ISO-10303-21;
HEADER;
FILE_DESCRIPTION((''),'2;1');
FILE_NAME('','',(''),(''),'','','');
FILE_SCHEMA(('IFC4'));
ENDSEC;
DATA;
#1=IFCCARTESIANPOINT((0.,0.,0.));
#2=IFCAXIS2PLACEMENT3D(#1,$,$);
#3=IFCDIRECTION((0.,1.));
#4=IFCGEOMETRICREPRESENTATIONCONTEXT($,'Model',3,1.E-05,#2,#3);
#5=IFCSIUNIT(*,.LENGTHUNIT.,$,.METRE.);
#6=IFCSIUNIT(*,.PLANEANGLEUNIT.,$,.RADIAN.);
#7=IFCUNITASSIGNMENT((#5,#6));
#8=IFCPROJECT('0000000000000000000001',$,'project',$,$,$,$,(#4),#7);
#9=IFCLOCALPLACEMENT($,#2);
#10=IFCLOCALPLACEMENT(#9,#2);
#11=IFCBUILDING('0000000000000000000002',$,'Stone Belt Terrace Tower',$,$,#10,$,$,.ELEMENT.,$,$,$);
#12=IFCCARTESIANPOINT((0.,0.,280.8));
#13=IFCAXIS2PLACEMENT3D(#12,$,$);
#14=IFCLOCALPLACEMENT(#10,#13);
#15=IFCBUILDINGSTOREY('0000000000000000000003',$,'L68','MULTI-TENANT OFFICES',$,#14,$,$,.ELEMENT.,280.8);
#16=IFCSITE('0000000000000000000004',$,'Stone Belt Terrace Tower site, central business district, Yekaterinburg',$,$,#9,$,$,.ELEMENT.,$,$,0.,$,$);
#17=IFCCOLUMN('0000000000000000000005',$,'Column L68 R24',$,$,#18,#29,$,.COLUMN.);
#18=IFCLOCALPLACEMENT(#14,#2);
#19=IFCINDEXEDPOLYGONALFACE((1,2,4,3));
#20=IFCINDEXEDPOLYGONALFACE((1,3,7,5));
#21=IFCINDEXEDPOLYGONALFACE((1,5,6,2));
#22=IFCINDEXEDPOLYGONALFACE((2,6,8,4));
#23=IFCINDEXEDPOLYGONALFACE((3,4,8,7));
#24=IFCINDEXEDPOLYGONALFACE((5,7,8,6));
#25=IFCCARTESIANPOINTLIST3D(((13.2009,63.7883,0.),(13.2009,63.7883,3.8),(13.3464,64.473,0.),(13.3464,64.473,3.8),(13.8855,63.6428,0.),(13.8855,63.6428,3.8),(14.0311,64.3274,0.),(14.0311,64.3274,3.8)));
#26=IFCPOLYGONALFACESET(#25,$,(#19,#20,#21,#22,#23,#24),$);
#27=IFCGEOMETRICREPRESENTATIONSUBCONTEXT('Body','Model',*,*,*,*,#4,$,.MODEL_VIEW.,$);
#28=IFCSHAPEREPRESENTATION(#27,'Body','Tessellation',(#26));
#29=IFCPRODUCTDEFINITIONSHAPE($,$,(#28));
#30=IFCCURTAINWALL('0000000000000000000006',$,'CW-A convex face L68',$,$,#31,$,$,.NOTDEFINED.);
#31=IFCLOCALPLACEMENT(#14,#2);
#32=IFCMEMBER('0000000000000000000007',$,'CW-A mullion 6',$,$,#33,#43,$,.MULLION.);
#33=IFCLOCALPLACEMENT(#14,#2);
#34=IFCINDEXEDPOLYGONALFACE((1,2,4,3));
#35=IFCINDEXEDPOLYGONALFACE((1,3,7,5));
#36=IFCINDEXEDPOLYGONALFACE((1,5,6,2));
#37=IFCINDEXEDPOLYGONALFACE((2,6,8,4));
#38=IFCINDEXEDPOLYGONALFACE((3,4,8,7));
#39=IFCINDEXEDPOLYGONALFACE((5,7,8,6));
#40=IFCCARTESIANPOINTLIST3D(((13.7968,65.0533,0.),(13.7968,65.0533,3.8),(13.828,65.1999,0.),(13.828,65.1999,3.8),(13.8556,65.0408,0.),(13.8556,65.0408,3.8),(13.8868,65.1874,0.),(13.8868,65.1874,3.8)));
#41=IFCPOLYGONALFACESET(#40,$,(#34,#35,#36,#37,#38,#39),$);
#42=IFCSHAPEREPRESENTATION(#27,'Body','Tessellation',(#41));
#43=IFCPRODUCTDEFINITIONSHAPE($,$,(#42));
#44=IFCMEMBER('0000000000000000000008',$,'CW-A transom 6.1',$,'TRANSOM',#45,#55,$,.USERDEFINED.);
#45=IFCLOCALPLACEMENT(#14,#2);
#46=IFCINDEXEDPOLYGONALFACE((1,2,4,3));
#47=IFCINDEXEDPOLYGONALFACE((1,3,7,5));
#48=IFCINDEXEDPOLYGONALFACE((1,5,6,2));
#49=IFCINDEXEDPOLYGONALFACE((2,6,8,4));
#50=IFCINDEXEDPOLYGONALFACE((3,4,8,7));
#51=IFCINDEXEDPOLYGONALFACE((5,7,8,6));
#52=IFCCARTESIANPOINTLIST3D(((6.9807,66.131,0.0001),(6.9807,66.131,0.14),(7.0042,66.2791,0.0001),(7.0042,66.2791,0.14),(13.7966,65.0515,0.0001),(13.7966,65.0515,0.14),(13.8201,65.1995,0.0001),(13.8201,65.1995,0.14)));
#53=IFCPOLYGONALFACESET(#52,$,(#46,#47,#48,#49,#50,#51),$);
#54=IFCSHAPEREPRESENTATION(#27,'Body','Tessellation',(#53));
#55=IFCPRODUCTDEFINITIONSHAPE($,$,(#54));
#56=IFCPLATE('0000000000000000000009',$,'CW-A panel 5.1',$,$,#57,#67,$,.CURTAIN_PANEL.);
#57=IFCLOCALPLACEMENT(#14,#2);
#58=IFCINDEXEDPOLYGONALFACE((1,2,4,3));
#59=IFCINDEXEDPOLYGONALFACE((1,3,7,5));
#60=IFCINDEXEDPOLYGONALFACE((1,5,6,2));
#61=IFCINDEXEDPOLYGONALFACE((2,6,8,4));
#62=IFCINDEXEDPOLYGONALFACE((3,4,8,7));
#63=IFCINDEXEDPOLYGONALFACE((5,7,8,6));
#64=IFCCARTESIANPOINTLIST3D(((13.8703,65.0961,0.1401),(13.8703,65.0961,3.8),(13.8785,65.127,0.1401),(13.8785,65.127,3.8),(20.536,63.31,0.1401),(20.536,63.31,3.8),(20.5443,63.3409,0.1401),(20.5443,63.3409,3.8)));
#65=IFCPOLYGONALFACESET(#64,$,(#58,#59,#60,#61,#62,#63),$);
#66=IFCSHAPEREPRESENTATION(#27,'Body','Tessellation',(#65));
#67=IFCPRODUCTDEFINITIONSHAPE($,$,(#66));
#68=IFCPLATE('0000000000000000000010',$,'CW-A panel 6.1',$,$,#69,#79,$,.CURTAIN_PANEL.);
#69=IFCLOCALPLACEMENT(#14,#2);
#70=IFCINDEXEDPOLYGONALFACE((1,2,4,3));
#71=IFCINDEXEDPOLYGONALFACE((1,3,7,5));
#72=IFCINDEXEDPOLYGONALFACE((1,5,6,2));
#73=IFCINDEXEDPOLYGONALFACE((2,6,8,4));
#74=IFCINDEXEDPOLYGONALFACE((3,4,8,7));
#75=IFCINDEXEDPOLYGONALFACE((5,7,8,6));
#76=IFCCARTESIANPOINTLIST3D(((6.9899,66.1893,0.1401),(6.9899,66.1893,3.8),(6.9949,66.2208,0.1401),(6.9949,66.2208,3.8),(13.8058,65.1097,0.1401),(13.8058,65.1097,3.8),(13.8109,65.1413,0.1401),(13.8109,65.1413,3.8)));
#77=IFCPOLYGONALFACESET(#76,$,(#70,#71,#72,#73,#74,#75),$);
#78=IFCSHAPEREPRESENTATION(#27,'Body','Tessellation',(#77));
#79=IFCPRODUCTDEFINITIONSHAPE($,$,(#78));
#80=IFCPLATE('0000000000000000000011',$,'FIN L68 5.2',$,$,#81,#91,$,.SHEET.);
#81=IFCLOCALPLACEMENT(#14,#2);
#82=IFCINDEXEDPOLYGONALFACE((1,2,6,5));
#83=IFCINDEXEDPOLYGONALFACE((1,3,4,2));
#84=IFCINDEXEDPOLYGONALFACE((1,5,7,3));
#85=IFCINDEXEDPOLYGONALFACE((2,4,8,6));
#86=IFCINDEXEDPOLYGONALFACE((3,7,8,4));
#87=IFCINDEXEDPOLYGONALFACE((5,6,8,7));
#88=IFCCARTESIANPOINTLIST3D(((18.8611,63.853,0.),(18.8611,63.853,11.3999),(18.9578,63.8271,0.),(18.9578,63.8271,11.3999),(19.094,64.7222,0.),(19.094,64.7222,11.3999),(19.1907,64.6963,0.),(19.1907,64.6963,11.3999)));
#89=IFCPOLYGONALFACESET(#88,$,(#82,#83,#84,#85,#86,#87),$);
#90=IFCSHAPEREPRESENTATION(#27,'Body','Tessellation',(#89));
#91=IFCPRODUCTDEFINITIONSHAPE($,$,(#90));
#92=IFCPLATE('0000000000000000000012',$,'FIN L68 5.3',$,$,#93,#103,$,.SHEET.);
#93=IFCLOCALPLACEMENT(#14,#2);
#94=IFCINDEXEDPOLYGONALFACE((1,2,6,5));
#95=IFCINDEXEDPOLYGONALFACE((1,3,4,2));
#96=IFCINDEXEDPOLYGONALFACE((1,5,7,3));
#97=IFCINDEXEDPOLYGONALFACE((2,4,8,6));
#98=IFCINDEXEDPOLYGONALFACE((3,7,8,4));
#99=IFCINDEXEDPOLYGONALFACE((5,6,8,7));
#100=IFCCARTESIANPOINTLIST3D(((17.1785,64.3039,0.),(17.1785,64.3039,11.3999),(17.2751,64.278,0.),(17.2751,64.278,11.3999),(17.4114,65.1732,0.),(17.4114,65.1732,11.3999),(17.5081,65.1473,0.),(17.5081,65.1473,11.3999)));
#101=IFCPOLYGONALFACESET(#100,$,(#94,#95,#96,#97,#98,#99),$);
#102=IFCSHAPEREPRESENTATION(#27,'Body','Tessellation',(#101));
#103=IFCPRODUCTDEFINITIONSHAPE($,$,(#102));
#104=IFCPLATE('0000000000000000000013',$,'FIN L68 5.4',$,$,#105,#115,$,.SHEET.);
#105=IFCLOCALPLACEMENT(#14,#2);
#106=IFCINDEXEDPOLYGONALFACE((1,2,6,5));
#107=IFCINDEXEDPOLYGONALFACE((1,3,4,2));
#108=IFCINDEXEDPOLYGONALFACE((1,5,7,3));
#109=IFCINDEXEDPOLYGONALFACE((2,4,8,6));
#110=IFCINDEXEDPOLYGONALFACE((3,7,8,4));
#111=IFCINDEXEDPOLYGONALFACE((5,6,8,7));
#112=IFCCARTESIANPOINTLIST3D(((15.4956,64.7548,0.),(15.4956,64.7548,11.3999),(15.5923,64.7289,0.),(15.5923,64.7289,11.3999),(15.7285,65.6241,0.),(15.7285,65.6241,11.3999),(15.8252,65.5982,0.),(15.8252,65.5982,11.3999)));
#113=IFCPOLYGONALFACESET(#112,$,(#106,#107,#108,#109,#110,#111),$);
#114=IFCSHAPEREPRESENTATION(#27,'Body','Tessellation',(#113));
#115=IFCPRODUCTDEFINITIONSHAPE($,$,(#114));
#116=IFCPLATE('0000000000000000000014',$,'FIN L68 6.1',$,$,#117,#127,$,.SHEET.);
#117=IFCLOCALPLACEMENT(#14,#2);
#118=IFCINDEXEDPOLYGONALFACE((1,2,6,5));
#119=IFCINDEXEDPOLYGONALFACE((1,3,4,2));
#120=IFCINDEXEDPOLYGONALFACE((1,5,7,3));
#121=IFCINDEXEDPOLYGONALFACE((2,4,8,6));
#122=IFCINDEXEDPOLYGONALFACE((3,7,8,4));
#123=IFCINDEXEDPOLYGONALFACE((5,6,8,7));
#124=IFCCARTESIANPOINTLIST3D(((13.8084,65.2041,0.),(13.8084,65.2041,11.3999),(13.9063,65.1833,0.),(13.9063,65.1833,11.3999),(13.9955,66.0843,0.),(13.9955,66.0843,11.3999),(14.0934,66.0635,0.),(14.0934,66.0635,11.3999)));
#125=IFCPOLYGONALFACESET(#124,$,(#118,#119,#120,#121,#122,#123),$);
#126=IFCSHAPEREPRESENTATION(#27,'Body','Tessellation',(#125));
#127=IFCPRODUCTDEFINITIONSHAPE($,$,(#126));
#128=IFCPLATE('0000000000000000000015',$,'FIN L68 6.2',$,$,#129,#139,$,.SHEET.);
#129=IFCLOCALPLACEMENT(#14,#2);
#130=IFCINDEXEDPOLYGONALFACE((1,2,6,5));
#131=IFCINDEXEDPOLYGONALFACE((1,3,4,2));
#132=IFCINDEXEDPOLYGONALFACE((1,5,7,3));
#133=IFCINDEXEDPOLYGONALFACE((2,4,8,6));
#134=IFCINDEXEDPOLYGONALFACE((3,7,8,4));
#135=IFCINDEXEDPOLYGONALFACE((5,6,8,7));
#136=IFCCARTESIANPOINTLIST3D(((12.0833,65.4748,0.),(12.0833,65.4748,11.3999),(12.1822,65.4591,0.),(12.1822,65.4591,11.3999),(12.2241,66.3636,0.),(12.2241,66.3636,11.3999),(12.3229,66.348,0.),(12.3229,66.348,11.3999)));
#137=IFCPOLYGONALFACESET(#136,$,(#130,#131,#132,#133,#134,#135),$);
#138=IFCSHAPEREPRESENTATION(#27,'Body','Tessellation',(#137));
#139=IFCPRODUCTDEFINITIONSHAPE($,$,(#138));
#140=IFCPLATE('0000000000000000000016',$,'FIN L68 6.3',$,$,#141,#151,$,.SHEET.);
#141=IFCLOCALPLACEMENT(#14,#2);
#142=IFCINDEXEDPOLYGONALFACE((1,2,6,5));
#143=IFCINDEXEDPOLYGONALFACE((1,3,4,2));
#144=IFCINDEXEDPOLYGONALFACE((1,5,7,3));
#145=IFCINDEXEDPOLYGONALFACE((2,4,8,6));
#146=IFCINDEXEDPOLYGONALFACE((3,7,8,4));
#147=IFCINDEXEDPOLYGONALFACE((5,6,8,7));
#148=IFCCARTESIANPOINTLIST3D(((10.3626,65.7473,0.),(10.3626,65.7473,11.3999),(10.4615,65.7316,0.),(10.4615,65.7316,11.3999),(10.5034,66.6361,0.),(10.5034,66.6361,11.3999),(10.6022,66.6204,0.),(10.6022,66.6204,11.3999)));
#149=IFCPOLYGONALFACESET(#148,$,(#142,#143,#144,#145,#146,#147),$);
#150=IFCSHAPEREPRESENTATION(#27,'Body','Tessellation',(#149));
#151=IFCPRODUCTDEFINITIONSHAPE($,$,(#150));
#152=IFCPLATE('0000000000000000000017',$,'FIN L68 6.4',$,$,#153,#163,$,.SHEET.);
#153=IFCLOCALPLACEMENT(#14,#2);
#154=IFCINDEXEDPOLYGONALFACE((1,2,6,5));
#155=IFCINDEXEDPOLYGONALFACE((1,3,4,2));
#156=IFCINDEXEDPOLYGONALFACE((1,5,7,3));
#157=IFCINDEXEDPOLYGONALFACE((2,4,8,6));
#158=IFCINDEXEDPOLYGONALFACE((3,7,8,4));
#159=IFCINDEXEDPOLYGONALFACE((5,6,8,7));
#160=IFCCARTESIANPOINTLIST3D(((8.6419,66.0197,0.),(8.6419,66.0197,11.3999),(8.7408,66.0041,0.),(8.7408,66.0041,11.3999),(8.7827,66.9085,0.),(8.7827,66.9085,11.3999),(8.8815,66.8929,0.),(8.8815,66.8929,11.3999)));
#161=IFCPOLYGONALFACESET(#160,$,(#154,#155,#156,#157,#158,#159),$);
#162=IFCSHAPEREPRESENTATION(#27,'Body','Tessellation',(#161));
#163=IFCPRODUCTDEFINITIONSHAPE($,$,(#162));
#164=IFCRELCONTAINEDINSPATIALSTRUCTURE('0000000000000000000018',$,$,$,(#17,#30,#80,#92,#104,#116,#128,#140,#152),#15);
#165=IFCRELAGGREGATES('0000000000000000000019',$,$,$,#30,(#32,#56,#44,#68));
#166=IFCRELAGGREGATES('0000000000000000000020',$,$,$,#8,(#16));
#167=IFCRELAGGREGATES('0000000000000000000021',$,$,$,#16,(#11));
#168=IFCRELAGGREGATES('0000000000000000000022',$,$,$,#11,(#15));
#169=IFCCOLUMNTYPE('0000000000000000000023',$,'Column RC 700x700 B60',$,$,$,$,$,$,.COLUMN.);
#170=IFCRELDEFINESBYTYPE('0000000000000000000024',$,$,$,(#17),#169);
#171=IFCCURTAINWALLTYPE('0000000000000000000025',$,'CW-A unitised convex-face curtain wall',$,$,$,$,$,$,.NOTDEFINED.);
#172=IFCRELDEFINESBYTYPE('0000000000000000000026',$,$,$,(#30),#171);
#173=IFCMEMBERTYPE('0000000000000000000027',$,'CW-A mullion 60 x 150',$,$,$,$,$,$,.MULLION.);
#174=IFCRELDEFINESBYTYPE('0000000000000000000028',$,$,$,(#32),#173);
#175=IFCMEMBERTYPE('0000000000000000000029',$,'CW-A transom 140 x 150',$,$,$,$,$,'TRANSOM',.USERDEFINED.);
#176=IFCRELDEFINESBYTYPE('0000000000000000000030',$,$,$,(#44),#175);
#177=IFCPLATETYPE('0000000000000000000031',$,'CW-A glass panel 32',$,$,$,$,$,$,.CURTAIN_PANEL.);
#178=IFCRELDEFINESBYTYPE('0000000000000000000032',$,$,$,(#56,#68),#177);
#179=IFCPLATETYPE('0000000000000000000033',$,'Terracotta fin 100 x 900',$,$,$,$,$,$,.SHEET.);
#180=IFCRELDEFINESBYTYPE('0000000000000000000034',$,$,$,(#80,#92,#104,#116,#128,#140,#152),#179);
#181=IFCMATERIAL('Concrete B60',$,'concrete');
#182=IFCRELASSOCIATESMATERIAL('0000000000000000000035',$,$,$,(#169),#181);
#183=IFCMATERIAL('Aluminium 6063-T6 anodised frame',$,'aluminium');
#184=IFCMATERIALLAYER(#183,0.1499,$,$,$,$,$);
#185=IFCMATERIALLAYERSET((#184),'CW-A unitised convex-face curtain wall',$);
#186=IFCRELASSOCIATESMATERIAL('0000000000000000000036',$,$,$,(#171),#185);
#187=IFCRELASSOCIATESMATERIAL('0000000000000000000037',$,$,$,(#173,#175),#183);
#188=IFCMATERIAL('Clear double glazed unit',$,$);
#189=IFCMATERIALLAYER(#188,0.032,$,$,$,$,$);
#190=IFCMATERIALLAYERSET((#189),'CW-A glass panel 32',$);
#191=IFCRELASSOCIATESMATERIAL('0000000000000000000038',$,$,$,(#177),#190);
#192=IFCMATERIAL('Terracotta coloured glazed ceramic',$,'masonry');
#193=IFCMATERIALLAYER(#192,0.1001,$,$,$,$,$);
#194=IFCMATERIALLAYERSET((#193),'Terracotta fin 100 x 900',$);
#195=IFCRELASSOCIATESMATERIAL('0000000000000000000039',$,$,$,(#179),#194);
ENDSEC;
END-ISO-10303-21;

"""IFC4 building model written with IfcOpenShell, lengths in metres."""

from ifc_helpers import new_model, si_unit, direction, frame, origin, origin_2d, place, context, subcontext, project, spatial, rectangle, extrude, material, layer, layer_set, material_profile, profile_set, type_object, element, aggregate, save


model = new_model("IFC4")

# Units and contexts
model_context = context("Model", 3, precision=1e-05, world=origin(), true_north=direction((0.0, 1.0)))
body_context = subcontext(model_context, "Body", "Model", "MODEL_VIEW")
ifc_project = project(units=[si_unit("LENGTHUNIT", "METRE"), si_unit("PLANEANGLEUNIT", "RADIAN")], contexts=[model_context])

# Site, building, storey
site_placement = place(None, origin())
site = spatial("IfcSite", under=ifc_project, at=site_placement, Name="Stone Belt Terrace Tower site, central business district, Yekaterinburg", CompositionType="ELEMENT", RefElevation=0.0)
building_placement = place(site_placement, origin())
building = spatial("IfcBuilding", under=site, at=building_placement, Name="Stone Belt Terrace Tower", CompositionType="ELEMENT")
storey_placement = place(building_placement, frame((0.0, 0.0, 280.8)))
storey = spatial("IfcBuildingStorey", under=building, at=storey_placement, Name="L68", Description="MULTI-TENANT OFFICES", CompositionType="ELEMENT", Elevation=280.8)

# Column
ifc_material_1 = material(Name="Concrete B60", Category="concrete")
ifc_material_profile_1 = material_profile(ifc_material_1, rectangle(XDim=0.7, YDim=0.7, at=origin_2d()), Name="RC 700x700")
ifc_profile_set_1 = profile_set([ifc_material_profile_1], Name="Concrete B60")
column_type = type_object("IfcColumnType", Name="Column RC 700x700 B60", PredefinedType="COLUMN", material=ifc_profile_set_1)
column_placement = place(storey_placement, frame((13.616, 64.0579, 0.0), z_axis=(0.0, 0.0, 1.0), x_axis=(0.978148, -0.207912, 0.0)))
element("IfcColumn", 1, at=column_placement, inside=storey, type_object=column_type, Name="Column L68 R24", PredefinedType="COLUMN", context=body_context, shape_type="SweptSolid", body=[
    extrude(rectangle(XDim=0.7, YDim=0.7, at=origin_2d()), origin(), (0.0, 0.0, 1.0), 3.8),
])

# Curtain wall, members, plates
ifc_material_2 = material(Name="Aluminium 6063-T6 anodised frame", Category="aluminium")
ifc_layer_1 = layer(ifc_material_2, 0.1499)
ifc_layer_set_1 = layer_set([ifc_layer_1], Name="CW-A unitised convex-face curtain wall")
curtain_wall_type = type_object("IfcCurtainWallType", Name="CW-A unitised convex-face curtain wall", PredefinedType="NOTDEFINED", material=ifc_layer_set_1)
curtain_wall_placement = place(storey_placement, origin())
curtain_wall = element("IfcCurtainWall", 2, at=curtain_wall_placement, inside=storey, type_object=curtain_wall_type, Name="CW-A convex face L68", PredefinedType="NOTDEFINED")
ifc_material_profile_2 = material_profile(ifc_material_2, rectangle(XDim=0.1499, YDim=0.0601, at=origin_2d()), Name="Aluminium 6063-T6 60x150")
ifc_profile_set_2 = profile_set([ifc_material_profile_2], Name="Aluminium 6063-T6 anodised frame")
member_type_1 = type_object("IfcMemberType", Name="CW-A mullion 60 x 150", PredefinedType="MULLION", material=ifc_profile_set_2)
member_1_placement = place(storey_placement, frame((13.8418, 65.1204, 0.0), z_axis=(0.0, 0.0, 1.0), x_axis=(-0.207912, -0.978148, 0.0)))
member_1 = element("IfcMember", 3, at=member_1_placement, type_object=member_type_1, Name="CW-A mullion 6", PredefinedType="MULLION", context=body_context, shape_type="SweptSolid", body=[
    extrude(rectangle(XDim=0.1499, YDim=0.0601, at=origin_2d()), origin(), (0.0, 0.0, 1.0), 3.8),
])
ifc_material_profile_3 = material_profile(ifc_material_2, rectangle(XDim=0.1499, YDim=0.1399, at=origin_2d()), Name="Aluminium 6063-T6 150x140")
ifc_profile_set_3 = profile_set([ifc_material_profile_3], Name="Aluminium 6063-T6 anodised frame")
member_type_2 = type_object("IfcMemberType", Name="CW-A transom 140 x 150", ElementType="TRANSOM", PredefinedType="USERDEFINED", material=ifc_profile_set_3)
member_2_placement = place(storey_placement, frame((13.8083, 65.1255, 0.0701), z_axis=(-0.987687, 0.156442, 0.0), x_axis=(-0.156442, -0.987687, 0.0)))
member_2 = element("IfcMember", 4, at=member_2_placement, type_object=member_type_2, Name="CW-A transom 6.1", ObjectType="TRANSOM", PredefinedType="USERDEFINED", context=body_context, shape_type="SweptSolid", body=[
    extrude(rectangle(XDim=0.1499, YDim=0.1399, at=origin_2d()), origin(), (0.0, 0.0, 1.0), 6.9009),
])
ifc_material_3 = material(Name="Clear double glazed unit")
ifc_layer_2 = layer(ifc_material_3, 0.032)
ifc_layer_set_2 = layer_set([ifc_layer_2], Name="CW-A glass panel 32")
plate_type_1 = type_object("IfcPlateType", Name="CW-A glass panel 32", PredefinedType="CURTAIN_PANEL", material=ifc_layer_set_2)
plate_1_placement = place(storey_placement, frame((17.2073, 64.2185, 0.1401), z_axis=(0.0, 0.0, 1.0), x_axis=(-0.965926, 0.258819, 0.0)))
plate_1 = element("IfcPlate", 5, at=plate_1_placement, type_object=plate_type_1, Name="CW-A panel 5.1", PredefinedType="CURTAIN_PANEL", context=body_context, shape_type="SweptSolid", body=[
    extrude(rectangle(XDim=6.9009, YDim=0.032, at=origin_2d()), origin(), (0.0, 0.0, 1.0), 3.6599),
])
plate_2_placement = place(storey_placement, frame((10.4004, 65.6653, 0.1401), z_axis=(0.0, 0.0, 1.0), x_axis=(-0.987688, 0.156434, 0.0)))
plate_2 = element("IfcPlate", 6, at=plate_2_placement, type_object=plate_type_1, Name="CW-A panel 6.1", PredefinedType="CURTAIN_PANEL", context=body_context, shape_type="SweptSolid", body=[
    extrude(rectangle(XDim=6.9009, YDim=0.032, at=origin_2d()), origin(), (0.0, 0.0, 1.0), 3.6599),
])
aggregate(curtain_wall, [member_1, plate_1, member_2, plate_2])

# Plates
ifc_material_4 = material(Name="Terracotta coloured glazed ceramic", Category="masonry")
ifc_layer_3 = layer(ifc_material_4, 0.1001)
ifc_layer_set_3 = layer_set([ifc_layer_3], Name="Terracotta fin 100 x 900")
plate_type_2 = type_object("IfcPlateType", Name="Terracotta fin 100 x 900", PredefinedType="SHEET", material=ifc_layer_set_3)
for number, where, z_axis, x_axis, name in (
    (7, (19.0259, 64.2747, 0.0), (0.0, 0.0, 1.0), (0.258819, 0.965926, 0.0), "FIN L68 5.2"),
    (8, (17.3433, 64.7256, 0.0), (0.0, 0.0, 1.0), (0.258819, 0.965926, 0.0), "FIN L68 5.3"),
    (9, (15.6604, 65.1765, 0.0), (0.0, 0.0, 1.0), (0.258819, 0.965926, 0.0), "FIN L68 5.4"),
    (10, (13.9509, 65.6338, 0.0), (0.0, 0.0, 1.0), (0.207912, 0.978148, 0.0), "FIN L68 6.1"),
    (11, (12.2031, 65.9114, 0.0), (0.0, 0.0, 1.0), (0.156434, 0.987688, 0.0), "FIN L68 6.2"),
    (12, (10.4824, 66.1838, 0.0), (0.0, 0.0, 1.0), (0.156434, 0.987688, 0.0), "FIN L68 6.3"),
    (13, (8.7617, 66.4563, 0.0), (0.0, 0.0, 1.0), (0.156434, 0.987688, 0.0), "FIN L68 6.4"),
):
    element("IfcPlate", number, at=place(storey_placement, frame(where, z_axis=z_axis, x_axis=x_axis)), inside=storey, type_object=plate_type_2, Name=name, PredefinedType="SHEET", context=body_context, shape_type="SweptSolid", body=[
        extrude(rectangle(XDim=0.8999, YDim=0.1001, at=origin_2d()), origin(), (0.0, 0.0, 1.0), 11.3999),
    ])

save(model, "model.ifc")
